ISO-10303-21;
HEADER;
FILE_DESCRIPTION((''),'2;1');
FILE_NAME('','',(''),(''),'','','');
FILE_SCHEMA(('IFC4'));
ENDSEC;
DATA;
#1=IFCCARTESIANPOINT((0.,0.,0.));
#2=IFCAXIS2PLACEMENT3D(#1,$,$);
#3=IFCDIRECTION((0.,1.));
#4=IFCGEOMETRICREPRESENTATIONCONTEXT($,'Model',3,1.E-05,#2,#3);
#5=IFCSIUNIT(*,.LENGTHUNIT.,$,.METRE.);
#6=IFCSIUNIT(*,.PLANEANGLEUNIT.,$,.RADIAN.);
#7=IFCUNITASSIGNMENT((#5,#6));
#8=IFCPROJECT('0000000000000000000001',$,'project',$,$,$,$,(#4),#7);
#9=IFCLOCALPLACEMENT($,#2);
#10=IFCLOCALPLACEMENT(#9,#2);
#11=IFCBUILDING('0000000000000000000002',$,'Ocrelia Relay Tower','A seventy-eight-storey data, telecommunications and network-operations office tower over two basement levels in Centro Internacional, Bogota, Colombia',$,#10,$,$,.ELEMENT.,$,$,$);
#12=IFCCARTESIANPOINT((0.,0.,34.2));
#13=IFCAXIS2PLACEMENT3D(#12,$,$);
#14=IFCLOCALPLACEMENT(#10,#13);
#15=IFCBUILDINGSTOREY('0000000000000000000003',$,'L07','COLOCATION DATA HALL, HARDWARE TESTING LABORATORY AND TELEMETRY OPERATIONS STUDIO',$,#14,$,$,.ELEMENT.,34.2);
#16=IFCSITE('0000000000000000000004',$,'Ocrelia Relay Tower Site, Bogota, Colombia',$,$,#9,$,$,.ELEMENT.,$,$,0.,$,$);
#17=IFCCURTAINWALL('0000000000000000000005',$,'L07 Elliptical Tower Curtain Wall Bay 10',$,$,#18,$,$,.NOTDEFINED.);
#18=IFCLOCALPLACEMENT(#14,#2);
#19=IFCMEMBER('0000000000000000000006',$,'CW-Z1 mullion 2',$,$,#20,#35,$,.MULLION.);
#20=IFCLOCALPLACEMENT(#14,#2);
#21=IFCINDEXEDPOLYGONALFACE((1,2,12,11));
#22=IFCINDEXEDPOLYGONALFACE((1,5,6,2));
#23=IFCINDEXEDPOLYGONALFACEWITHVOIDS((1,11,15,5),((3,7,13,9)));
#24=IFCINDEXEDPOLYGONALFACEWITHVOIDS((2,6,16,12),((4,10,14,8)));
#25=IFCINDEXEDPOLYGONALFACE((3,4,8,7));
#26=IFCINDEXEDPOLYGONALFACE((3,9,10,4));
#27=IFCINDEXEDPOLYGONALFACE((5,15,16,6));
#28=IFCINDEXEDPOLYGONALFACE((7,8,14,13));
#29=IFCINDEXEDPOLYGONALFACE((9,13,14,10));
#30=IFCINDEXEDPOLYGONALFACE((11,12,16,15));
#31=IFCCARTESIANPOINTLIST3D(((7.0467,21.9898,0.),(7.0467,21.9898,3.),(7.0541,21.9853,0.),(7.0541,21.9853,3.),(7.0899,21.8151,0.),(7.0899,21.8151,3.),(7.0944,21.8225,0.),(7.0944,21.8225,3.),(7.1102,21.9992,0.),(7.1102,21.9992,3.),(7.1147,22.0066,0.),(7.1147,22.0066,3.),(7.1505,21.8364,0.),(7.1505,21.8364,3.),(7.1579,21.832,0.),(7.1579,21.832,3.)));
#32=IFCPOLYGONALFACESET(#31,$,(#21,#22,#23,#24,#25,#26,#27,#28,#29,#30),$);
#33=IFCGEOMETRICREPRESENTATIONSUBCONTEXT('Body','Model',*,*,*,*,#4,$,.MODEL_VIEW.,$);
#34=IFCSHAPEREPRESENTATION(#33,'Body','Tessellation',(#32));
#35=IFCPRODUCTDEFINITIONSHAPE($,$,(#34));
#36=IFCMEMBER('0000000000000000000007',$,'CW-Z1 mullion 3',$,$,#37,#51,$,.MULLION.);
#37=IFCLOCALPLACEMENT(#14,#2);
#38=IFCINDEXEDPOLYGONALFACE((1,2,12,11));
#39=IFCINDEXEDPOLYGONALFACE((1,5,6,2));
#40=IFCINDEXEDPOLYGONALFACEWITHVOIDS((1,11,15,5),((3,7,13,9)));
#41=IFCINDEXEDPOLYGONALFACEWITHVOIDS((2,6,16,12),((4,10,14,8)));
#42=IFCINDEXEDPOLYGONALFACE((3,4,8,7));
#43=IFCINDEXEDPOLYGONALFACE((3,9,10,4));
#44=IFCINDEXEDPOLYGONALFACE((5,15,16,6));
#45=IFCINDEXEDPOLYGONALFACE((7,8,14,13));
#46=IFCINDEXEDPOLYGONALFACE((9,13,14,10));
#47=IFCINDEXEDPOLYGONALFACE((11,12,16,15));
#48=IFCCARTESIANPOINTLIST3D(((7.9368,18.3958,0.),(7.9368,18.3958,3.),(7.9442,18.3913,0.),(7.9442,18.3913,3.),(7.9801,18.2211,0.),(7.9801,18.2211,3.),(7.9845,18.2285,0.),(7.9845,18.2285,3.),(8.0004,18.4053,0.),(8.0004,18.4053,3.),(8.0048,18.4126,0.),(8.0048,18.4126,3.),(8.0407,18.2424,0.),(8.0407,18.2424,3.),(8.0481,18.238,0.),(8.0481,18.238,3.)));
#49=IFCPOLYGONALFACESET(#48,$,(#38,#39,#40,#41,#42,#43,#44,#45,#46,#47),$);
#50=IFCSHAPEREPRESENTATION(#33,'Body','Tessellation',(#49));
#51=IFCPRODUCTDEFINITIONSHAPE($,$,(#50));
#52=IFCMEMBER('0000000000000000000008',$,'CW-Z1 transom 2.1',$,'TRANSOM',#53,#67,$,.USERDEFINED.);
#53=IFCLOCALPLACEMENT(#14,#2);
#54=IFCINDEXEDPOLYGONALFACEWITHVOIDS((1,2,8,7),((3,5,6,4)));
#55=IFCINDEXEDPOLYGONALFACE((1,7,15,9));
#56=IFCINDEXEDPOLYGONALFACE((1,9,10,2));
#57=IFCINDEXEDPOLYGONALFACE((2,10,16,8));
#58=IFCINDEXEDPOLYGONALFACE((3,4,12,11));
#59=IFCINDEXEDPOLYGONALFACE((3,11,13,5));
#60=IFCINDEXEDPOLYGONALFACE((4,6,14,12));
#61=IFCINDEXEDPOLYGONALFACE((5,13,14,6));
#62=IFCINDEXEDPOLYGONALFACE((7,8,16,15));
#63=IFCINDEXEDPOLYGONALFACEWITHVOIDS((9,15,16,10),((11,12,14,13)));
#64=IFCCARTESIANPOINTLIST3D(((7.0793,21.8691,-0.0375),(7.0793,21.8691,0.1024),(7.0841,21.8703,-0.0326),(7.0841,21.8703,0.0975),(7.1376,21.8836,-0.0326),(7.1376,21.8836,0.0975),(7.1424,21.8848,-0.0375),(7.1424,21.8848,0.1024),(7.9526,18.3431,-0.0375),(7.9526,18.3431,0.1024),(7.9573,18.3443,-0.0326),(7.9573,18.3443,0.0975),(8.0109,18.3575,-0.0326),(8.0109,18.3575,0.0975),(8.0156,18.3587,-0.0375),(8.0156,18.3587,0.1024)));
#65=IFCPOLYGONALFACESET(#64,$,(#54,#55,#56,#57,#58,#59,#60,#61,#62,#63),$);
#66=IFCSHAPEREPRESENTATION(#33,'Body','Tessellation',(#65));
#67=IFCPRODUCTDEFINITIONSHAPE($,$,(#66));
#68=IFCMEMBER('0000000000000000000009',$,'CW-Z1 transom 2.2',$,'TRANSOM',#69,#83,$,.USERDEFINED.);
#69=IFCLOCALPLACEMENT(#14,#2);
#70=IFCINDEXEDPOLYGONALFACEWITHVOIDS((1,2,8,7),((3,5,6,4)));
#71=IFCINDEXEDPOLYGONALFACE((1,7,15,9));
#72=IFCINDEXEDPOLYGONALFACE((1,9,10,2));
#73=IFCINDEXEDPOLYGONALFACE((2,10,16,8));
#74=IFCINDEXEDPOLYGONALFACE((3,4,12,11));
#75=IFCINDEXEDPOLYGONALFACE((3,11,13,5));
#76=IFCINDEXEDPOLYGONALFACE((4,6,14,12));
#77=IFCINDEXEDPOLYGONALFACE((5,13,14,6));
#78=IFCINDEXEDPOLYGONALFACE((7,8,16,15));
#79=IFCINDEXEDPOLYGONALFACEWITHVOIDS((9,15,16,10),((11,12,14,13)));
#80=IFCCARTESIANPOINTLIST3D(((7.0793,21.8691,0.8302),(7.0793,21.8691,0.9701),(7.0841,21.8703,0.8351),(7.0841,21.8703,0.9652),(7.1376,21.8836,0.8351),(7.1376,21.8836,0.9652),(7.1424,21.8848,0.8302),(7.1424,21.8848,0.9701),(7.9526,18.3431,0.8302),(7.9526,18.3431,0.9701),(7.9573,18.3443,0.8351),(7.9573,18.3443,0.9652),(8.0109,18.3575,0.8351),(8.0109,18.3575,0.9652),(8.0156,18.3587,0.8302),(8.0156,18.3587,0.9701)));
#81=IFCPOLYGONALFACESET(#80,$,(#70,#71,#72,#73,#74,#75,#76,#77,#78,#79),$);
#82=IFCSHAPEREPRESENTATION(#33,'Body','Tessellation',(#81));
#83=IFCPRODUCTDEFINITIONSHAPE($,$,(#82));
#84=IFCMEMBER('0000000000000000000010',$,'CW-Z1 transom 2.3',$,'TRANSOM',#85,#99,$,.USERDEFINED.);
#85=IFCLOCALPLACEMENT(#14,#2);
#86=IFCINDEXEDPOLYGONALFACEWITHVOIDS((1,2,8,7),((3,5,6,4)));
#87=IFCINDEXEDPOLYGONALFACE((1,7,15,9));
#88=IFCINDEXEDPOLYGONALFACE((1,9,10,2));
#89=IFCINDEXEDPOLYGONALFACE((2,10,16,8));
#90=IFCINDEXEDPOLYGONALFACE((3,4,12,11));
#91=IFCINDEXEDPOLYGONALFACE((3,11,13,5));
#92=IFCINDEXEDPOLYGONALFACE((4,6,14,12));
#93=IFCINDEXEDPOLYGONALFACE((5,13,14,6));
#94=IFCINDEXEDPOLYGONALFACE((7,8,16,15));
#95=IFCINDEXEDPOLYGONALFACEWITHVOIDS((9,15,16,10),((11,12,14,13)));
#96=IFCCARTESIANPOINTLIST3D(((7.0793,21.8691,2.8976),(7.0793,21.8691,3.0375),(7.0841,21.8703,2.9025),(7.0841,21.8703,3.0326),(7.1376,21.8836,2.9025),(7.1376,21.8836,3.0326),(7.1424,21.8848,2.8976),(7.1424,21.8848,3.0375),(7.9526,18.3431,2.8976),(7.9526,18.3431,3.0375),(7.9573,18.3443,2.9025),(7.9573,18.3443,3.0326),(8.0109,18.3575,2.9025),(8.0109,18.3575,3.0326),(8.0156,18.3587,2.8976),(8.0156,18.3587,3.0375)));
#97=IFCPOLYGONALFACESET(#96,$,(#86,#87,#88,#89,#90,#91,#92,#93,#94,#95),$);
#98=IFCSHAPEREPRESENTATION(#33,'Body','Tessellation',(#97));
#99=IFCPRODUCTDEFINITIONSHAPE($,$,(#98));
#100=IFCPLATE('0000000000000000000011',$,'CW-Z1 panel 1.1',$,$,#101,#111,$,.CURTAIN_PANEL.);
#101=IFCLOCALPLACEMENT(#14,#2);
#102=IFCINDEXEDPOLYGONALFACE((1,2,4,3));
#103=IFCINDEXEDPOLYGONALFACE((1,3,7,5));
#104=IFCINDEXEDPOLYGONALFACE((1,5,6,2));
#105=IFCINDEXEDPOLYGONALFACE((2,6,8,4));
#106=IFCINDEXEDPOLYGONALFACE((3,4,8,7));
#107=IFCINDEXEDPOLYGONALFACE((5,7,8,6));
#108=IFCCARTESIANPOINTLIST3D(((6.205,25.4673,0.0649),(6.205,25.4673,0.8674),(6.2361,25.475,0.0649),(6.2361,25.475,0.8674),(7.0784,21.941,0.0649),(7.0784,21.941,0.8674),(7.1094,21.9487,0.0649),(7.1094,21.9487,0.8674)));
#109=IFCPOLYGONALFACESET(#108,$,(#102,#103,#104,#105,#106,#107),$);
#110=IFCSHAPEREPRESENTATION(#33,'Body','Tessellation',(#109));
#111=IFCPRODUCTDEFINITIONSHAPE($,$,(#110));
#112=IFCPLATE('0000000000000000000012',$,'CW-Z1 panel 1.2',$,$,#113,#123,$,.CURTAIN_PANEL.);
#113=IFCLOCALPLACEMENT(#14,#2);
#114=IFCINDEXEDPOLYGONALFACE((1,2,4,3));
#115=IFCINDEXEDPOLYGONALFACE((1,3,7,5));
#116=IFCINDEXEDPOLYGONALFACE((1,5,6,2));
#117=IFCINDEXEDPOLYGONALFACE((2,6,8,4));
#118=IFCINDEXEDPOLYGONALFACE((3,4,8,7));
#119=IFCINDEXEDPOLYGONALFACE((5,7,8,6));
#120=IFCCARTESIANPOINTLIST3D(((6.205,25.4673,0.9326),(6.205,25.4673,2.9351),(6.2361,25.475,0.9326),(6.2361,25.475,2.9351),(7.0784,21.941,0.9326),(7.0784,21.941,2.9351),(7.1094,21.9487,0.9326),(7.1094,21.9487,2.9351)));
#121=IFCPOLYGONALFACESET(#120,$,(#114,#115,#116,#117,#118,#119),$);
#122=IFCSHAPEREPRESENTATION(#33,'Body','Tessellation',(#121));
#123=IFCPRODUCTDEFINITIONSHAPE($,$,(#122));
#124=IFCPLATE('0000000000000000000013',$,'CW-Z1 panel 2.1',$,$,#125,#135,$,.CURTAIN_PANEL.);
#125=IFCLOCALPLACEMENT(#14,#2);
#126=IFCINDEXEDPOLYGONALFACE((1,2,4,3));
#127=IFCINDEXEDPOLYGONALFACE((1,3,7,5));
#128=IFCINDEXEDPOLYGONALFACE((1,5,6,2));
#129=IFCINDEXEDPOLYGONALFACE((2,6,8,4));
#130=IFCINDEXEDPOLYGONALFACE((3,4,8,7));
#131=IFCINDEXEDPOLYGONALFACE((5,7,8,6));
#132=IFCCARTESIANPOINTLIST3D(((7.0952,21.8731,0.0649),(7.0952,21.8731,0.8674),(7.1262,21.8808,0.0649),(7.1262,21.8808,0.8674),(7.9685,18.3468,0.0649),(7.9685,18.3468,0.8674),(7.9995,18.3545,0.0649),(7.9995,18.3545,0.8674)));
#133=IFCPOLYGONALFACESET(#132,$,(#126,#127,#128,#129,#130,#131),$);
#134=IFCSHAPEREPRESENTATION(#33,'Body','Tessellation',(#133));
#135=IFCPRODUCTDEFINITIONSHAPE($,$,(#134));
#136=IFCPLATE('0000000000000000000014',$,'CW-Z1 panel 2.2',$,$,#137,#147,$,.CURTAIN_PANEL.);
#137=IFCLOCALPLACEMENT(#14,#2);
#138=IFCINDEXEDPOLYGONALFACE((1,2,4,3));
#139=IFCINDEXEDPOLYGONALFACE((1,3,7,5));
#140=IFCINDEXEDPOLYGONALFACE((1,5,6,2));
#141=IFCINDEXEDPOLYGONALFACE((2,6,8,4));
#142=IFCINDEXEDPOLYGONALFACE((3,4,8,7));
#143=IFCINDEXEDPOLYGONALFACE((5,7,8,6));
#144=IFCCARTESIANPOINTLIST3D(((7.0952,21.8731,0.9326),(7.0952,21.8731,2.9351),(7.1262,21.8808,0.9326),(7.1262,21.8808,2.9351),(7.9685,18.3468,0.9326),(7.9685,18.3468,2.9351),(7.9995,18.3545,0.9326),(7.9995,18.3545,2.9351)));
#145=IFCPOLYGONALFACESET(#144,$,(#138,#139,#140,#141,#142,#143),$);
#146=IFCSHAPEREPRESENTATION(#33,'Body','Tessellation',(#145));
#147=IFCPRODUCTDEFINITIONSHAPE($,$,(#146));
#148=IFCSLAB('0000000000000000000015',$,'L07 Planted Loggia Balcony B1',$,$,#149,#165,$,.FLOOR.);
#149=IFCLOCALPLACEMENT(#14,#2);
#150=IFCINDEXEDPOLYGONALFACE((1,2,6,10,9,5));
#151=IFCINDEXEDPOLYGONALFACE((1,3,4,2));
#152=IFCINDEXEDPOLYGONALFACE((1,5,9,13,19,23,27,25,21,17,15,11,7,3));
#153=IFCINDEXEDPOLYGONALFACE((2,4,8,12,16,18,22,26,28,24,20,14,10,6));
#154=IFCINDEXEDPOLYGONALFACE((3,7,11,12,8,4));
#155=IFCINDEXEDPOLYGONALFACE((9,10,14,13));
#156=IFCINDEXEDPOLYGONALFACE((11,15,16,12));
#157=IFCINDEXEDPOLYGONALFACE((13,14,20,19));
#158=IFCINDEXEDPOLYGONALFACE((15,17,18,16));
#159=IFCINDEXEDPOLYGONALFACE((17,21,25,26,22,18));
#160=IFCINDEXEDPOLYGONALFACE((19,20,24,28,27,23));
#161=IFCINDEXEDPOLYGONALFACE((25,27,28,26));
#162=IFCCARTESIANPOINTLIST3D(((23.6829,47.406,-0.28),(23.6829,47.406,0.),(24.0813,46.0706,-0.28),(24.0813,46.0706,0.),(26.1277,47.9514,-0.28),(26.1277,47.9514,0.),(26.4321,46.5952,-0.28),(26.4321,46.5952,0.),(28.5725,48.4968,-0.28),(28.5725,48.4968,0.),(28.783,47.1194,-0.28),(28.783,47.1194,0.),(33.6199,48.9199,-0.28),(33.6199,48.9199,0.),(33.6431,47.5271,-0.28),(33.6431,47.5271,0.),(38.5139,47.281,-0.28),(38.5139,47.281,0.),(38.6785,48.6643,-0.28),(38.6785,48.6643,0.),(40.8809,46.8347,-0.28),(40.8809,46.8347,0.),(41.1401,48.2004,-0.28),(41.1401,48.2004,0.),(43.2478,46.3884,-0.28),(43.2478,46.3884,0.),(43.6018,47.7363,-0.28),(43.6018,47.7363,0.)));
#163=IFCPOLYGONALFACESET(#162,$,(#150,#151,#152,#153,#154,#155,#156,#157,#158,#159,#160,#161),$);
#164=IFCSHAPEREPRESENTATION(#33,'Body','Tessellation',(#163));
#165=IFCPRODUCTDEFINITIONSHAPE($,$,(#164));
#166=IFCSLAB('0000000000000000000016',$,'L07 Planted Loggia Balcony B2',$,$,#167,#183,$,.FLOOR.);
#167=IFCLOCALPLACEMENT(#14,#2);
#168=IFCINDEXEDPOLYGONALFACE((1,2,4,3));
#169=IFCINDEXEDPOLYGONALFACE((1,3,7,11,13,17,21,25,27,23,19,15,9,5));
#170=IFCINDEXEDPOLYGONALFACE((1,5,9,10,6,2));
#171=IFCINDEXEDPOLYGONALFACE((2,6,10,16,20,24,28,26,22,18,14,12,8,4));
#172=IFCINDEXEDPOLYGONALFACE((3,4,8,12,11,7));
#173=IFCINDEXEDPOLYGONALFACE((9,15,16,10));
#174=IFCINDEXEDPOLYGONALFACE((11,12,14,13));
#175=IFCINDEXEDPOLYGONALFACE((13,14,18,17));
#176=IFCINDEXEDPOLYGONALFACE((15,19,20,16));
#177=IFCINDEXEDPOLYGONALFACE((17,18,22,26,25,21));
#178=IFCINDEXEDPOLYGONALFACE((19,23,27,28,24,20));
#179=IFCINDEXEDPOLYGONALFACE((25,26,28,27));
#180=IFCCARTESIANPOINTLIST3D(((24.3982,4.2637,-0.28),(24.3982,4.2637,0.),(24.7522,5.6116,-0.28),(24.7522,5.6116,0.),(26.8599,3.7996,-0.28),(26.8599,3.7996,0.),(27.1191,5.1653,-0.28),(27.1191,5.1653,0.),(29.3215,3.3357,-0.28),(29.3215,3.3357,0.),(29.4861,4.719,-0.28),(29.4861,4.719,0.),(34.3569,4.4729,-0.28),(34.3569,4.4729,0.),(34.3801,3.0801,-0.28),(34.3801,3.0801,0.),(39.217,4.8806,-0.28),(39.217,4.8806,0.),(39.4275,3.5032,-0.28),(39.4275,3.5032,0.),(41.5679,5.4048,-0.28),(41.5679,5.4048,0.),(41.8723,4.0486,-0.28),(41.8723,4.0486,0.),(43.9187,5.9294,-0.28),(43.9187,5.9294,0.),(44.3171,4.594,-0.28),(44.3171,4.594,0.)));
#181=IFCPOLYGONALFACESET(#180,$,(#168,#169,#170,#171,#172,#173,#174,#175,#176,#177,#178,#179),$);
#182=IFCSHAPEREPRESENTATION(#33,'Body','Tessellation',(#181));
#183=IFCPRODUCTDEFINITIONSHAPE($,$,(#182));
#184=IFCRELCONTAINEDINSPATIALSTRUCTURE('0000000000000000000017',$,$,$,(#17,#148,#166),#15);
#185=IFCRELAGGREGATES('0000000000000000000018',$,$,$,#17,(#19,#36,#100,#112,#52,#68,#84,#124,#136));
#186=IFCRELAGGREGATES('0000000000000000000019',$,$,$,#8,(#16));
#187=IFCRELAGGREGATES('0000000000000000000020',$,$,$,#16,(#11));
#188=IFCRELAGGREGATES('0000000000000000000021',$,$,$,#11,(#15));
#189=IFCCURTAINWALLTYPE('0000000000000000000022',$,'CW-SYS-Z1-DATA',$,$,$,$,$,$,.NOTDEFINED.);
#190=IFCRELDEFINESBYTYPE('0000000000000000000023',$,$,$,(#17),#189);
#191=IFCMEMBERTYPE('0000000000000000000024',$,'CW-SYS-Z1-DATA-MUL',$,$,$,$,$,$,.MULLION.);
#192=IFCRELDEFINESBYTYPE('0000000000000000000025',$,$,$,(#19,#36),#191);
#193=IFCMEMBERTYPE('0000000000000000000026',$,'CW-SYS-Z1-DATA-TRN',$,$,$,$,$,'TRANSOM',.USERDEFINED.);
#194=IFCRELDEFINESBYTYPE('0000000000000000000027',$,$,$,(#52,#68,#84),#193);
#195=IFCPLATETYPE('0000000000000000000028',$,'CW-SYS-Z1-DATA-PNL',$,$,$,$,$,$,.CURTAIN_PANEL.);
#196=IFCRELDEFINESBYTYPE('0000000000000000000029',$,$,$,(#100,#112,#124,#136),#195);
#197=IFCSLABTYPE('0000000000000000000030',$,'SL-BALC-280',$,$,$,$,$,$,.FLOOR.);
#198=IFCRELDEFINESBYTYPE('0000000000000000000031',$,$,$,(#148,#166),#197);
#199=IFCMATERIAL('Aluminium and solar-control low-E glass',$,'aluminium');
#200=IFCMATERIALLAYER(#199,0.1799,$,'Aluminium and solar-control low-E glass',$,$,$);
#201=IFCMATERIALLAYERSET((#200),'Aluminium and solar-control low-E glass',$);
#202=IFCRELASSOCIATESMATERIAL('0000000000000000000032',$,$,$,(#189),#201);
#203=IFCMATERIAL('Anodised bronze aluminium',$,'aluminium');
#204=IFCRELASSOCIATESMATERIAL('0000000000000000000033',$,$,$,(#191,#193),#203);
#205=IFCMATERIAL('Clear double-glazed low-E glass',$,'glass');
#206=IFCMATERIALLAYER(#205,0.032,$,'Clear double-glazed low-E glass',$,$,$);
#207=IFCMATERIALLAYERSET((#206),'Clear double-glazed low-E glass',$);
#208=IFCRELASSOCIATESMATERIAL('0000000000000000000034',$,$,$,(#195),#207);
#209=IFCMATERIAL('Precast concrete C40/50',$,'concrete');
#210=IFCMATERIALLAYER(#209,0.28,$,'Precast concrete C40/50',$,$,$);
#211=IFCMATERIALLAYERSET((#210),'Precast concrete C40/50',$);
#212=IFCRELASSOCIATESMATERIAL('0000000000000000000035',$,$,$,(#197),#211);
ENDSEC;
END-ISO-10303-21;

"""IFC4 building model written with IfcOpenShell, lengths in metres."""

from ifc_helpers import new_model, si_unit, direction, frame, origin, origin_2d, place, context, subcontext, project, spatial, polyline, rectangle, hollow_rectangle, outline, extrude, material, layer, layer_set, material_profile, profile_set, type_object, element, aggregate, save


model = new_model("IFC4")

# Units and contexts
model_context = context("Model", 3, precision=1e-05, world=origin(), true_north=direction((0.0, 1.0)))
body_context = subcontext(model_context, "Body", "Model", "MODEL_VIEW")
ifc_project = project(units=[si_unit("LENGTHUNIT", "METRE"), si_unit("PLANEANGLEUNIT", "RADIAN")], contexts=[model_context])

# Site, building, storey
site_placement = place(None, origin())
site = spatial("IfcSite", under=ifc_project, at=site_placement, Name="Ocrelia Relay Tower Site, Bogota, Colombia", CompositionType="ELEMENT", RefElevation=0.0)
building_placement = place(site_placement, origin())
building = spatial("IfcBuilding", under=site, at=building_placement, Name="Ocrelia Relay Tower", Description="A seventy-eight-storey data, telecommunications and network-operations office tower over two basement levels in Centro Internacional, Bogota, Colombia", CompositionType="ELEMENT")
storey_placement = place(building_placement, frame((0.0, 0.0, 34.2)))
storey = spatial("IfcBuildingStorey", under=building, at=storey_placement, Name="L07", Description="COLOCATION DATA HALL, HARDWARE TESTING LABORATORY AND TELEMETRY OPERATIONS STUDIO", CompositionType="ELEMENT", Elevation=34.2)

# Curtain wall, members, plates
ifc_material_1 = material(Name="Aluminium and solar-control low-E glass", Category="aluminium")
ifc_layer_1 = layer(ifc_material_1, 0.1799, Name="Aluminium and solar-control low-E glass")
ifc_layer_set_1 = layer_set([ifc_layer_1], Name="Aluminium and solar-control low-E glass")
curtain_wall_type = type_object("IfcCurtainWallType", Name="CW-SYS-Z1-DATA", PredefinedType="NOTDEFINED", material=ifc_layer_set_1)
curtain_wall_placement = place(storey_placement, origin())
curtain_wall = element("IfcCurtainWall", 1, at=curtain_wall_placement, inside=storey, type_object=curtain_wall_type, Name="L07 Elliptical Tower Curtain Wall Bay 10", PredefinedType="NOTDEFINED")
ifc_material_2 = material(Name="Anodised bronze aluminium", Category="aluminium")
ifc_material_profile_1 = material_profile(ifc_material_2, hollow_rectangle(XDim=0.0701, YDim=0.1799, WallThickness=0.0061, at=origin_2d()), Name="CW-MUL-180x70")
ifc_profile_set_1 = profile_set([ifc_material_profile_1], Name="Anodised bronze aluminium")
member_type_1 = type_object("IfcMemberType", Name="CW-SYS-Z1-DATA-MUL", PredefinedType="MULLION", material=ifc_profile_set_1)
member_1_placement = place(storey_placement, frame((7.1023, 21.9109, 0.0), z_axis=(0.0, 0.0, 1.0), x_axis=(0.970674, 0.240398, 0.0)))
member_1 = element("IfcMember", 2, at=member_1_placement, type_object=member_type_1, Name="CW-Z1 mullion 2", PredefinedType="MULLION", context=body_context, shape_type="SweptSolid", body=[
    extrude(hollow_rectangle(XDim=0.0701, YDim=0.1799, WallThickness=0.0061, at=origin_2d()), origin(), (0.0, 0.0, 1.0), 3.0),
])
member_2_placement = place(storey_placement, frame((7.9924, 18.3169, 0.0), z_axis=(0.0, 0.0, 1.0), x_axis=(0.970674, 0.240398, 0.0)))
member_2 = element("IfcMember", 3, at=member_2_placement, type_object=member_type_1, Name="CW-Z1 mullion 3", PredefinedType="MULLION", context=body_context, shape_type="SweptSolid", body=[
    extrude(hollow_rectangle(XDim=0.0701, YDim=0.1799, WallThickness=0.0061, at=origin_2d()), origin(), (0.0, 0.0, 1.0), 3.0),
])
ifc_material_profile_2 = material_profile(ifc_material_2, hollow_rectangle(XDim=0.0649, YDim=0.1399, WallThickness=0.0049, at=origin_2d()), Name="CW-TRN-140x65")
ifc_profile_set_2 = profile_set([ifc_material_profile_2], Name="Anodised bronze aluminium")
member_type_2 = type_object("IfcMemberType", Name="CW-SYS-Z1-DATA-TRN", ElementType="TRANSOM", PredefinedType="USERDEFINED", material=ifc_profile_set_2)
member_3_placement = place(storey_placement, frame((7.1108, 21.877, 0.0325), z_axis=(0.2404, -0.970674, 0.0), x_axis=(0.970674, 0.2404, 0.0)))
member_3 = element("IfcMember", 4, at=member_3_placement, type_object=member_type_2, Name="CW-Z1 transom 2.1", ObjectType="TRANSOM", PredefinedType="USERDEFINED", context=body_context, shape_type="SweptSolid", body=[
    extrude(hollow_rectangle(XDim=0.0649, YDim=0.1399, WallThickness=0.0049, at=origin_2d()), origin(), (0.0, 0.0, 1.0), 3.6326),
])
member_4_placement = place(storey_placement, frame((7.1108, 21.877, 0.9001), z_axis=(0.2404, -0.970674, 0.0), x_axis=(0.970674, 0.2404, 0.0)))
member_4 = element("IfcMember", 5, at=member_4_placement, type_object=member_type_2, Name="CW-Z1 transom 2.2", ObjectType="TRANSOM", PredefinedType="USERDEFINED", context=body_context, shape_type="SweptSolid", body=[
    extrude(hollow_rectangle(XDim=0.0649, YDim=0.1399, WallThickness=0.0049, at=origin_2d()), origin(), (0.0, 0.0, 1.0), 3.6326),
])
member_5_placement = place(storey_placement, frame((7.1108, 21.877, 2.9675), z_axis=(0.2404, -0.970674, 0.0), x_axis=(0.970674, 0.2404, 0.0)))
member_5 = element("IfcMember", 6, at=member_5_placement, type_object=member_type_2, Name="CW-Z1 transom 2.3", ObjectType="TRANSOM", PredefinedType="USERDEFINED", context=body_context, shape_type="SweptSolid", body=[
    extrude(hollow_rectangle(XDim=0.0649, YDim=0.1399, WallThickness=0.0049, at=origin_2d()), origin(), (0.0, 0.0, 1.0), 3.6326),
])
ifc_material_3 = material(Name="Clear double-glazed low-E glass", Category="glass")
ifc_layer_2 = layer(ifc_material_3, 0.032, Name="Clear double-glazed low-E glass")
ifc_layer_set_2 = layer_set([ifc_layer_2], Name="Clear double-glazed low-E glass")
plate_type = type_object("IfcPlateType", Name="CW-SYS-Z1-DATA-PNL", PredefinedType="CURTAIN_PANEL", material=ifc_layer_set_2)
plate_1_placement = place(storey_placement, frame((6.6572, 23.708, 0.0649), z_axis=(0.0, 0.0, 1.0), x_axis=(0.240398, -0.970674, 0.0)))
plate_1 = element("IfcPlate", 7, at=plate_1_placement, type_object=plate_type, Name="CW-Z1 panel 1.1", PredefinedType="CURTAIN_PANEL", context=body_context, shape_type="SweptSolid", body=[
    extrude(rectangle(XDim=3.6328, YDim=0.032, at=origin_2d()), origin(), (0.0, 0.0, 1.0), 0.8025),
])
plate_2_placement = place(storey_placement, frame((6.6572, 23.708, 0.9326), z_axis=(0.0, 0.0, 1.0), x_axis=(0.240398, -0.970674, 0.0)))
plate_2 = element("IfcPlate", 8, at=plate_2_placement, type_object=plate_type, Name="CW-Z1 panel 1.2", PredefinedType="CURTAIN_PANEL", context=body_context, shape_type="SweptSolid", body=[
    extrude(rectangle(XDim=3.6328, YDim=0.032, at=origin_2d()), origin(), (0.0, 0.0, 1.0), 2.0024),
])
plate_3_placement = place(storey_placement, frame((7.5474, 20.1138, 0.0649), z_axis=(0.0, 0.0, 1.0), x_axis=(0.240398, -0.970674, 0.0)))
plate_3 = element("IfcPlate", 9, at=plate_3_placement, type_object=plate_type, Name="CW-Z1 panel 2.1", PredefinedType="CURTAIN_PANEL", context=body_context, shape_type="SweptSolid", body=[
    extrude(rectangle(XDim=3.6328, YDim=0.032, at=origin_2d()), origin(), (0.0, 0.0, 1.0), 0.8025),
])
plate_4_placement = place(storey_placement, frame((7.5474, 20.1138, 0.9326), z_axis=(0.0, 0.0, 1.0), x_axis=(0.240398, -0.970674, 0.0)))
plate_4 = element("IfcPlate", 10, at=plate_4_placement, type_object=plate_type, Name="CW-Z1 panel 2.2", PredefinedType="CURTAIN_PANEL", context=body_context, shape_type="SweptSolid", body=[
    extrude(rectangle(XDim=3.6328, YDim=0.032, at=origin_2d()), origin(), (0.0, 0.0, 1.0), 2.0024),
])
aggregate(curtain_wall, [member_1, member_2, plate_1, plate_2, member_3, member_4, member_5, plate_3, plate_4])

# Slabs
ifc_material_4 = material(Name="Precast concrete C40/50", Category="concrete")
ifc_layer_3 = layer(ifc_material_4, 0.28, Name="Precast concrete C40/50")
ifc_layer_set_3 = layer_set([ifc_layer_3], Name="Precast concrete C40/50")
slab_type_1 = type_object("IfcSlabType", Name="SL-BALC-280", PredefinedType="FLOOR", material=ifc_layer_set_3)
slab_1_placement = place(storey_placement, frame((0.0, 0.0, -0.28)))
element("IfcSlab", 11, at=slab_1_placement, inside=storey, type_object=slab_type_1, Name="L07 Planted Loggia Balcony B1", PredefinedType="FLOOR", context=body_context, shape_type="SweptSolid", body=[
    extrude(outline(polyline([(43.2478, 46.3884), (40.8809, 46.8347), (38.5139, 47.281), (33.6431, 47.5271), (28.783, 47.1194), (26.4321, 46.5952), (24.0813, 46.0706), (23.6829, 47.406), (26.1277, 47.9514), (28.5725, 48.4968), (33.6199, 48.9199), (38.6785, 48.6643), (41.1401, 48.2004), (43.6018, 47.7363), (43.2478, 46.3884)])), origin(), (0.0, 0.0, 1.0), 0.28),
])
slab_2_placement = place(storey_placement, frame((0.0, 0.0, -0.28)))
element("IfcSlab", 12, at=slab_2_placement, inside=storey, type_object=slab_type_1, Name="L07 Planted Loggia Balcony B2", PredefinedType="FLOOR", context=body_context, shape_type="SweptSolid", body=[
    extrude(outline(polyline([(24.7522, 5.6116), (27.1191, 5.1653), (29.4861, 4.719), (34.3569, 4.4729), (39.217, 4.8806), (41.5679, 5.4048), (43.9187, 5.9294), (44.3171, 4.594), (41.8723, 4.0486), (39.4275, 3.5032), (34.3801, 3.0801), (29.3215, 3.3357), (26.8599, 3.7996), (24.3982, 4.2637), (24.7522, 5.6116)])), origin(), (0.0, 0.0, 1.0), 0.28),
])

save(model, "model.ifc")
